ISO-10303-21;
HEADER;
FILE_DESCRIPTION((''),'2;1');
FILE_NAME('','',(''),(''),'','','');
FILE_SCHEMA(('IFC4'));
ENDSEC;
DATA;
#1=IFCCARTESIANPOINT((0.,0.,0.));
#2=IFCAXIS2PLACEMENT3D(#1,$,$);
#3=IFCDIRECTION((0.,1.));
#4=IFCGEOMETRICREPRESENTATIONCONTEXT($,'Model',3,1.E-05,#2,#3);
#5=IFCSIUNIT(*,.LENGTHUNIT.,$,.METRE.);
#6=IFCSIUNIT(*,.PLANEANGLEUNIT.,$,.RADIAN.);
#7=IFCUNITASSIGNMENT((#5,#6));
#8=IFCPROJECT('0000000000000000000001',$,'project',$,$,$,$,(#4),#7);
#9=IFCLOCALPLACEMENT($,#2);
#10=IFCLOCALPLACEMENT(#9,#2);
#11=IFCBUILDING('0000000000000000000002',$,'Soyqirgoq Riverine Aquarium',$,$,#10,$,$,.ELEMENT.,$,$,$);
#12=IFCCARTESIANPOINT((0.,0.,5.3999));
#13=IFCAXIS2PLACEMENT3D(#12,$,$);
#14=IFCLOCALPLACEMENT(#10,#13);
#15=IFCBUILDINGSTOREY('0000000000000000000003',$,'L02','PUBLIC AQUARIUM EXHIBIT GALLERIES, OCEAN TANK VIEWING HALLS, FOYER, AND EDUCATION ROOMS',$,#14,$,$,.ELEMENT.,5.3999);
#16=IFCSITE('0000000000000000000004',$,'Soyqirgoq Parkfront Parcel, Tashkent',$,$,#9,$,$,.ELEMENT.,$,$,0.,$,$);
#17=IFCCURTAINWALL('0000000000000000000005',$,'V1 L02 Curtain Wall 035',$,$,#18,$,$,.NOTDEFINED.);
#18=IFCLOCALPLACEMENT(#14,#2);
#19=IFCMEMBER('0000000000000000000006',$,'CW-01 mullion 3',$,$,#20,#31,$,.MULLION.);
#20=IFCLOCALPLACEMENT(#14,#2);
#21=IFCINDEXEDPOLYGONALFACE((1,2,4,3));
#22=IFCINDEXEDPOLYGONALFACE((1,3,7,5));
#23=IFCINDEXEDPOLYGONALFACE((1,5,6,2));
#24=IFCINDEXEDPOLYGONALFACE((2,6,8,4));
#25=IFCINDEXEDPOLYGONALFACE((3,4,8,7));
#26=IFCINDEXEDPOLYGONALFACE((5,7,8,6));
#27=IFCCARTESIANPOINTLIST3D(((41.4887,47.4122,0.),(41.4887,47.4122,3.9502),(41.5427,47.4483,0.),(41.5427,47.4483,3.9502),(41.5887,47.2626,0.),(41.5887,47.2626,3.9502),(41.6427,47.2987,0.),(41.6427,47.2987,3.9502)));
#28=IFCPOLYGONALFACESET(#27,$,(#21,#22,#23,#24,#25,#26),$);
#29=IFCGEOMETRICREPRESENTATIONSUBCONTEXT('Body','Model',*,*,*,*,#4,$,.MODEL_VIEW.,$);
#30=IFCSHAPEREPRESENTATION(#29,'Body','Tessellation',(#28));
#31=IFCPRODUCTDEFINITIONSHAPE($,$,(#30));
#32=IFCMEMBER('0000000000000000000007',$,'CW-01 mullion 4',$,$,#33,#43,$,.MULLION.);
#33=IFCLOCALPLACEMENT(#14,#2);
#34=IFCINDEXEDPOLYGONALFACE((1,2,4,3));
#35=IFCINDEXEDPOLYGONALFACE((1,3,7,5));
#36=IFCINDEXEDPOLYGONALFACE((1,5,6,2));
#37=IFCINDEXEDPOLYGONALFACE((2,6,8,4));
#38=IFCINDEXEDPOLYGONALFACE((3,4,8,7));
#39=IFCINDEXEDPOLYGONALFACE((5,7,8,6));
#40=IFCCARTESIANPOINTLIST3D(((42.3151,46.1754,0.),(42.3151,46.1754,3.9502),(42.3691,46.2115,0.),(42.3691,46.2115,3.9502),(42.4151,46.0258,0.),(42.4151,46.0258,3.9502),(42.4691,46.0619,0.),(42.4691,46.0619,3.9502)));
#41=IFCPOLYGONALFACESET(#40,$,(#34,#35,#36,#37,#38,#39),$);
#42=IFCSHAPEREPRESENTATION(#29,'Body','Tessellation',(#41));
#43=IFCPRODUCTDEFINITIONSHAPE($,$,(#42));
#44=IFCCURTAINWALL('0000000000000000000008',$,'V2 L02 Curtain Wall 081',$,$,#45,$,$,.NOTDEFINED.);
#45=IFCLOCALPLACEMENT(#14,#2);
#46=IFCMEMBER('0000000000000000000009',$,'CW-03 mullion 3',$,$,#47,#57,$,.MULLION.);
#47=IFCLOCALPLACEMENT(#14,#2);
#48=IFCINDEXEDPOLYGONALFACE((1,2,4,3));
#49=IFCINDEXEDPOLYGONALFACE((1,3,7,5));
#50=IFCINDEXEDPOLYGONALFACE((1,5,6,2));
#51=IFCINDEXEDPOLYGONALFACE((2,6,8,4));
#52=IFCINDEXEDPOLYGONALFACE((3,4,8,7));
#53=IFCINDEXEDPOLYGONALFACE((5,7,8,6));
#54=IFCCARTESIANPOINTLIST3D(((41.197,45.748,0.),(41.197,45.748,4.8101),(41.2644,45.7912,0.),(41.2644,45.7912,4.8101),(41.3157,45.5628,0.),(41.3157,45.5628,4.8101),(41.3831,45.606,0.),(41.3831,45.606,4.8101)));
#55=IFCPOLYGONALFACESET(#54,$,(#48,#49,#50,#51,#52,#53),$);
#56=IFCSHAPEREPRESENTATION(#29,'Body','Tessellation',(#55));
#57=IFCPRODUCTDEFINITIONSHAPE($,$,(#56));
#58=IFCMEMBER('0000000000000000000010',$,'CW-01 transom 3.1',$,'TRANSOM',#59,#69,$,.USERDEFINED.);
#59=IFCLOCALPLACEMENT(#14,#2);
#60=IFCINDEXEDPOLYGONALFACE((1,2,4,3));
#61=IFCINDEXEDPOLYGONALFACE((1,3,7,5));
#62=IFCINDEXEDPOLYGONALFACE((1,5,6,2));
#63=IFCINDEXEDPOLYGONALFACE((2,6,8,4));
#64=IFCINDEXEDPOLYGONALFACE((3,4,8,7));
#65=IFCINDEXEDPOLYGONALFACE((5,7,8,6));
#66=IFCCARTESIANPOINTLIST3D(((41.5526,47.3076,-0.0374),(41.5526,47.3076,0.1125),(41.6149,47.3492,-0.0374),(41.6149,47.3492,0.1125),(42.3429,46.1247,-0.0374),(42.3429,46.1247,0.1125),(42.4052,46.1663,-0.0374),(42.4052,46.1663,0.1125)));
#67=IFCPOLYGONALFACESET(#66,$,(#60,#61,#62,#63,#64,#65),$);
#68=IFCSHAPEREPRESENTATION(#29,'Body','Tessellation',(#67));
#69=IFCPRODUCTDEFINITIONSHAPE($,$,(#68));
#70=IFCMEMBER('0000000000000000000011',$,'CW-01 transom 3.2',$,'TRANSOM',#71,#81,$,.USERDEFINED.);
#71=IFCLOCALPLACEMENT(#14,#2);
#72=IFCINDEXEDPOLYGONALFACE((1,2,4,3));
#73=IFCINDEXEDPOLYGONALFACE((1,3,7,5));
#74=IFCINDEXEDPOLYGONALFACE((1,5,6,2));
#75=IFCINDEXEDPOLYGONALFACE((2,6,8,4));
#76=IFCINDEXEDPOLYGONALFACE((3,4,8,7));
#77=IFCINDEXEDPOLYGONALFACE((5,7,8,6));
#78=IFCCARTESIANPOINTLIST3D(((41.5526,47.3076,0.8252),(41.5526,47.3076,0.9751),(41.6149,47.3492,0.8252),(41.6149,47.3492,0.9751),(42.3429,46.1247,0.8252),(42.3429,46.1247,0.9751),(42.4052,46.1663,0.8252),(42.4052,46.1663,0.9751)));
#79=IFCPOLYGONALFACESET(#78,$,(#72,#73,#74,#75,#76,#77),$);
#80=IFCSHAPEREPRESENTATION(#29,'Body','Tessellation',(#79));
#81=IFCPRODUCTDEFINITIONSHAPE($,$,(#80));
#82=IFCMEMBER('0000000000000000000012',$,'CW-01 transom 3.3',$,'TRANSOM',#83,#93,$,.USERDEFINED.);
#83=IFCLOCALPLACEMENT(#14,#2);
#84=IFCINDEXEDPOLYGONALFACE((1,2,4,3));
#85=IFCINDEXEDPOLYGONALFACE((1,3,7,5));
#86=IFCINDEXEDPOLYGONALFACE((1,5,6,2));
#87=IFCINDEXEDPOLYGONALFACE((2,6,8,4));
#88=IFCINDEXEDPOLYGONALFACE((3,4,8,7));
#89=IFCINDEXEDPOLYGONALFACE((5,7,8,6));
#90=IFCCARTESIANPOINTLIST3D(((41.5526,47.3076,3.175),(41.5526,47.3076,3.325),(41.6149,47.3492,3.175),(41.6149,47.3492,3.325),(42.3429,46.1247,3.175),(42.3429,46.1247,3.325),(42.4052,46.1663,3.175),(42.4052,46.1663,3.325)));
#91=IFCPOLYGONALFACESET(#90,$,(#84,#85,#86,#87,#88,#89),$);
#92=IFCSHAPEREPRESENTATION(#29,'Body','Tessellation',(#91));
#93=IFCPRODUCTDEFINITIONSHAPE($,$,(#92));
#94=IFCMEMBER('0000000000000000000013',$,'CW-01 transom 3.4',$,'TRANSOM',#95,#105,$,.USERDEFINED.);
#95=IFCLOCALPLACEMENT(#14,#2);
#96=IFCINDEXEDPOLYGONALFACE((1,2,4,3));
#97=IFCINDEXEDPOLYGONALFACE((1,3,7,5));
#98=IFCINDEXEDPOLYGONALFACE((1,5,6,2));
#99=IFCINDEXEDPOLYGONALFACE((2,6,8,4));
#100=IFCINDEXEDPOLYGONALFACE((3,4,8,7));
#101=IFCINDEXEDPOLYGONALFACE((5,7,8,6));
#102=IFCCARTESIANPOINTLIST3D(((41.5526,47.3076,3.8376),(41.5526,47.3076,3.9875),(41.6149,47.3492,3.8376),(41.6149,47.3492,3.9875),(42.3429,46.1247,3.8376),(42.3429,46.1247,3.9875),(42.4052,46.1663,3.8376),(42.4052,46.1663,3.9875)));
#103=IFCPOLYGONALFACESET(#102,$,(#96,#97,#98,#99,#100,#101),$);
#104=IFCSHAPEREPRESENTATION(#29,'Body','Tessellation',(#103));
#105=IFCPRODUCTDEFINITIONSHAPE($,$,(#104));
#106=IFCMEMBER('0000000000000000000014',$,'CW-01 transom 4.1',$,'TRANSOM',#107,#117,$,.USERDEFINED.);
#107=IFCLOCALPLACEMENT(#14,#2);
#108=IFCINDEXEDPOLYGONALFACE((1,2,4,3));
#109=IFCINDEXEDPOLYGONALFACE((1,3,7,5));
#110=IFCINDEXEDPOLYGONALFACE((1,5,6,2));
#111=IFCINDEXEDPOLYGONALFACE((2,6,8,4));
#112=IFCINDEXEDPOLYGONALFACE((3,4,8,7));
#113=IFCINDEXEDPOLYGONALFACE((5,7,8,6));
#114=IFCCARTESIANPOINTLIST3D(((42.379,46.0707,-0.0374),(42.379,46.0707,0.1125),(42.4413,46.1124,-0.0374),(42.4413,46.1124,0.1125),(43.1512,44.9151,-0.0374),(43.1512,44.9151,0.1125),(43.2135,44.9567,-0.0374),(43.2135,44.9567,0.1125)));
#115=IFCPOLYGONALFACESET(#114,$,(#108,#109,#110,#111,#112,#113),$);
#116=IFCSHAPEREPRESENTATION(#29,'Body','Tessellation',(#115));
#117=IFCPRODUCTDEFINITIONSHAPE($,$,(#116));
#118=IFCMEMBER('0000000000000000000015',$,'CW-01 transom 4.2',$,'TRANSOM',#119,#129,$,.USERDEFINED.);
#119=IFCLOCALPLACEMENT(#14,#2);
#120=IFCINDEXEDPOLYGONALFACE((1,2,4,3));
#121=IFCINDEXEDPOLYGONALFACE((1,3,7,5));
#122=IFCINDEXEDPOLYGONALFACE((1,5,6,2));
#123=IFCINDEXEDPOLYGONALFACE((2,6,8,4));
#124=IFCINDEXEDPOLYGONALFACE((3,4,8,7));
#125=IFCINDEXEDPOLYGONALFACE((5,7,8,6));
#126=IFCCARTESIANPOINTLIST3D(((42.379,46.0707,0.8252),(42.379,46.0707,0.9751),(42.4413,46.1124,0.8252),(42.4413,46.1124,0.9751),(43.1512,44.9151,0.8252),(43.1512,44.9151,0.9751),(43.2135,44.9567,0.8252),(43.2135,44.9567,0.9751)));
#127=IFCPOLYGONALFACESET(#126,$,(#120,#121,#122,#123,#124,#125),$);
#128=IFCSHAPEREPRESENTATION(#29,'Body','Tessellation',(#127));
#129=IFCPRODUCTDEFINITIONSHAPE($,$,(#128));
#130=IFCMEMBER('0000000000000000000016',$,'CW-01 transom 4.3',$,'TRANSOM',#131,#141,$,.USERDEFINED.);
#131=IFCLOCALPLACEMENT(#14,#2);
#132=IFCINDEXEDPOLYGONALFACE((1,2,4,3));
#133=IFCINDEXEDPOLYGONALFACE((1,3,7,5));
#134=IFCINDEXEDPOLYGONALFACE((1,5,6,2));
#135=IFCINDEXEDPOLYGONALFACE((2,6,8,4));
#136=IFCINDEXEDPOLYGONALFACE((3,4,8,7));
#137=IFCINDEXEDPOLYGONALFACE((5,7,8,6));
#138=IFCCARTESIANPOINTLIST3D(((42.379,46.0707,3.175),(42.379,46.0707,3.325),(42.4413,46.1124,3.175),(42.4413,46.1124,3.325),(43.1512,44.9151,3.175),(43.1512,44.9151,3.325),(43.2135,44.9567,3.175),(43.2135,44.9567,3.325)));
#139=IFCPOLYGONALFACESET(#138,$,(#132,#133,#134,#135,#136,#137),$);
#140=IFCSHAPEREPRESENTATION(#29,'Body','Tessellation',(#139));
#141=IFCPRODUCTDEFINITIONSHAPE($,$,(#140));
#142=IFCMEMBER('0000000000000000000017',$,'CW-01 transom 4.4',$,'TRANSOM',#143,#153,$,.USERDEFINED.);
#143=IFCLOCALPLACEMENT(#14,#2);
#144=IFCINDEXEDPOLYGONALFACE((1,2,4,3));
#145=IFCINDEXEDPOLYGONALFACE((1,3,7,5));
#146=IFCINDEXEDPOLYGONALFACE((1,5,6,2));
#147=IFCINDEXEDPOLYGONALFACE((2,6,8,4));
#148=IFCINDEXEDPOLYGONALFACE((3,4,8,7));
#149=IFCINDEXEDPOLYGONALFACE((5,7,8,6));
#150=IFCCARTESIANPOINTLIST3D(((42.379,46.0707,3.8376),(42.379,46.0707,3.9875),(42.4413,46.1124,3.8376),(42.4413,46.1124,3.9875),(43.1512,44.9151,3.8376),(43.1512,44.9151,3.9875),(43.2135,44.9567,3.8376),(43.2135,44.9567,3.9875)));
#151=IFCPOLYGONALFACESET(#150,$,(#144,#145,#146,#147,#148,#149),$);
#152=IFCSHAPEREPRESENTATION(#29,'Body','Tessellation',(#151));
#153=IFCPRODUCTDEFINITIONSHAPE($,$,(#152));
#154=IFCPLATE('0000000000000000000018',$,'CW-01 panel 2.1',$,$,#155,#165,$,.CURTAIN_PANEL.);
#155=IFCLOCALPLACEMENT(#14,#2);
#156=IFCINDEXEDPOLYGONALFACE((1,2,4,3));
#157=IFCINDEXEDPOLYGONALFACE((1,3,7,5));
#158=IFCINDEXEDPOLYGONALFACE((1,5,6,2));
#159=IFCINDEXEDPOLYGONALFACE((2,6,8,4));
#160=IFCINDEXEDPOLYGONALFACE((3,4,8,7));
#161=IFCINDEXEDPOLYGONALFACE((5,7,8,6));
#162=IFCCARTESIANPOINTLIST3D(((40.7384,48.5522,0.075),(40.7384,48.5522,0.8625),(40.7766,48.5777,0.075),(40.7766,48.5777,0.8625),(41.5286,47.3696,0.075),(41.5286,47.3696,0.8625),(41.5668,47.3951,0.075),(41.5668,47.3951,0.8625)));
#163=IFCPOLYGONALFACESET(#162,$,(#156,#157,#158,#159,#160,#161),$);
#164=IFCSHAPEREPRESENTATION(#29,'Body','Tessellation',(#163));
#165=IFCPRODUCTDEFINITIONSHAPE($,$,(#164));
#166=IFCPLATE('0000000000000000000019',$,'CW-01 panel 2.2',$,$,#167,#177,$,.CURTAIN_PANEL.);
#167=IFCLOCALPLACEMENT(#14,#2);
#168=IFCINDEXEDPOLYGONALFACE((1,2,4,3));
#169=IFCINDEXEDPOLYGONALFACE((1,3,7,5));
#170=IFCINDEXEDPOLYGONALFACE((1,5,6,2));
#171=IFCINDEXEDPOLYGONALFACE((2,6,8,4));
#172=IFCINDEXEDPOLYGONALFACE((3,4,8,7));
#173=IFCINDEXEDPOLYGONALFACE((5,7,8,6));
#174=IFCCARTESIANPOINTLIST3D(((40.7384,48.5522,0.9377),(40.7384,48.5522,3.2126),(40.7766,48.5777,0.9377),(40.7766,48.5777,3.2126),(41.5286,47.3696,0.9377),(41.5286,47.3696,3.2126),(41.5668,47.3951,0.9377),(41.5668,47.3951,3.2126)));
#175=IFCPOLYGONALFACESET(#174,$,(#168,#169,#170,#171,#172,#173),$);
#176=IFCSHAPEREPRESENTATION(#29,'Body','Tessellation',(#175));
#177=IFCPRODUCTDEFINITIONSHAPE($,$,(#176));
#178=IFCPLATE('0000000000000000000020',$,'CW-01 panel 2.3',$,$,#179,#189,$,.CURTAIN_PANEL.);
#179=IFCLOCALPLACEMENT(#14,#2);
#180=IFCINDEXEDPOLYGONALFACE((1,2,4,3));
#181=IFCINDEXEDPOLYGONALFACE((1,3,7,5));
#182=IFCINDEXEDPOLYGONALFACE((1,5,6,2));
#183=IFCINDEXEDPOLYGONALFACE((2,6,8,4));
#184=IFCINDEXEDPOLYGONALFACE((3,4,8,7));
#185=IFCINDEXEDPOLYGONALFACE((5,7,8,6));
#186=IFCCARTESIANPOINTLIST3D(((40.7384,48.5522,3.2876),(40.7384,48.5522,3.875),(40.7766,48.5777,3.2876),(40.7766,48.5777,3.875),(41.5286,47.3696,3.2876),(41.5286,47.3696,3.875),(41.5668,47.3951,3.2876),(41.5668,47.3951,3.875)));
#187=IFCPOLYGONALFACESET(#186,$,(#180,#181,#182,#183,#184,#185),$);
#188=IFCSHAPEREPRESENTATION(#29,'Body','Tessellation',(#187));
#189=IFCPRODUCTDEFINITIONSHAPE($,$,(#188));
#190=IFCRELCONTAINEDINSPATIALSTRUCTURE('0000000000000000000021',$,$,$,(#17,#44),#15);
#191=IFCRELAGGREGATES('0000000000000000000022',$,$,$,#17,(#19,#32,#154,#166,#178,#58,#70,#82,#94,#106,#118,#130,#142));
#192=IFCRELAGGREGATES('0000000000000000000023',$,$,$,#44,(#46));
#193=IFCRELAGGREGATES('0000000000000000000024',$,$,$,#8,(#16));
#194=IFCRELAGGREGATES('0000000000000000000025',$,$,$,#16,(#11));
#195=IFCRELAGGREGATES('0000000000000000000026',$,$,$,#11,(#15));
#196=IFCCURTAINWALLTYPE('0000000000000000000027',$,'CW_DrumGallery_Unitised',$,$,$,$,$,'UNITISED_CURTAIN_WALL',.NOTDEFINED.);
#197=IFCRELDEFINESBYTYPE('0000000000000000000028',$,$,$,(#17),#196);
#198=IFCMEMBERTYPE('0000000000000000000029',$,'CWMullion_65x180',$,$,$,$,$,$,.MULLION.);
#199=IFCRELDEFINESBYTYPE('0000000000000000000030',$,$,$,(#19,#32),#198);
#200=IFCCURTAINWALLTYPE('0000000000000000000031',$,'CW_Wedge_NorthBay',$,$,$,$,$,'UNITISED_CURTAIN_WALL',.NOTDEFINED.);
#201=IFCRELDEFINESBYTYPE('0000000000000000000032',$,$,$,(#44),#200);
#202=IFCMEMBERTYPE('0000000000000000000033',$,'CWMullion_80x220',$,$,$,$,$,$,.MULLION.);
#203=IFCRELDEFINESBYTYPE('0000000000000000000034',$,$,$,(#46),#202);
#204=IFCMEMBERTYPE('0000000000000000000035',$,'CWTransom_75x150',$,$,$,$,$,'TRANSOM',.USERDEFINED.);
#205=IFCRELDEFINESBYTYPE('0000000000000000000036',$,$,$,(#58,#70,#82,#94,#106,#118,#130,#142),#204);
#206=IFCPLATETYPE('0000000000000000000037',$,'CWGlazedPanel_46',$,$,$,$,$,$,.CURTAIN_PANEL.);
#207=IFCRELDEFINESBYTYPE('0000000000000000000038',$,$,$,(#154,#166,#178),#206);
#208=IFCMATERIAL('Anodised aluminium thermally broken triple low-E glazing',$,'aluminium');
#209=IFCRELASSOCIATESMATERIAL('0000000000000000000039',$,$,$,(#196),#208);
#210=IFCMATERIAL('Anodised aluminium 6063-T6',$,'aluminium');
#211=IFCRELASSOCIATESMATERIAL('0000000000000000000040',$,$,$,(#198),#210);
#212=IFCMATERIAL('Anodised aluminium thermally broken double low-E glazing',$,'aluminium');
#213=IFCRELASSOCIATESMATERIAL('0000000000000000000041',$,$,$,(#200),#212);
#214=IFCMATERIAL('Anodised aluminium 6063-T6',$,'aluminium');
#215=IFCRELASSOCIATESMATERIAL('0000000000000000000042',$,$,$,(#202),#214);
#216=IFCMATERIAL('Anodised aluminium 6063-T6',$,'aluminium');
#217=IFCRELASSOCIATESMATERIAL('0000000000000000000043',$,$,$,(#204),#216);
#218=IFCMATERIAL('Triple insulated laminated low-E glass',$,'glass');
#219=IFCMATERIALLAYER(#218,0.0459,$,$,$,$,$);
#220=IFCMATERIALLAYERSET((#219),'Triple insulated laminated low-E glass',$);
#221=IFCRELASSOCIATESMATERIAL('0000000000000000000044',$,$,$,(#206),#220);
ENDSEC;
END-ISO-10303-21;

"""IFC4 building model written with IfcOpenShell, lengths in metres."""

from ifc_helpers import new_model, si_unit, direction, frame, origin, origin_2d, place, context, subcontext, project, spatial, rectangle, extrude, material, layer, layer_set, material_profile, profile_set, type_object, element, aggregate, save


model = new_model("IFC4")

# Units and contexts
model_context = context("Model", 3, precision=1e-05, world=origin(), true_north=direction((0.0, 1.0)))
body_context = subcontext(model_context, "Body", "Model", "MODEL_VIEW")
ifc_project = project(units=[si_unit("LENGTHUNIT", "METRE"), si_unit("PLANEANGLEUNIT", "RADIAN")], contexts=[model_context])

# Site, building, storey
site_placement = place(None, origin())
site = spatial("IfcSite", under=ifc_project, at=site_placement, Name="Soyqirgoq Parkfront Parcel, Tashkent", CompositionType="ELEMENT", RefElevation=0.0)
building_placement = place(site_placement, origin())
building = spatial("IfcBuilding", under=site, at=building_placement, Name="Soyqirgoq Riverine Aquarium", CompositionType="ELEMENT")
storey_placement = place(building_placement, frame((0.0, 0.0, 5.3999)))
storey = spatial("IfcBuildingStorey", under=building, at=storey_placement, Name="L02", Description="PUBLIC AQUARIUM EXHIBIT GALLERIES, OCEAN TANK VIEWING HALLS, FOYER, AND EDUCATION ROOMS", CompositionType="ELEMENT", Elevation=5.3999)

# Curtain wall, members
ifc_material_1 = material(Name="Anodised aluminium thermally broken triple low-E glazing", Category="aluminium")
curtain_wall_type_1 = type_object("IfcCurtainWallType", Name="CW_DrumGallery_Unitised", ElementType="UNITISED_CURTAIN_WALL", PredefinedType="NOTDEFINED", material=ifc_material_1)
curtain_wall_1_placement = place(storey_placement, origin())
curtain_wall_1 = element("IfcCurtainWall", 1, at=curtain_wall_1_placement, inside=storey, type_object=curtain_wall_type_1, Name="V1 L02 Curtain Wall 035", PredefinedType="NOTDEFINED")
ifc_material_2 = material(Name="Anodised aluminium 6063-T6", Category="aluminium")
ifc_material_profile_1 = material_profile(ifc_material_2, rectangle(XDim=0.0649, YDim=0.1799, at=origin_2d()), Name="ALU-M 65x180")
ifc_profile_set_1 = profile_set([ifc_material_profile_1], Name="Anodised aluminium 6063-T6")
member_type_1 = type_object("IfcMemberType", Name="CWMullion_65x180", PredefinedType="MULLION", material=ifc_profile_set_1)
member_1_placement = place(storey_placement, frame((41.5657, 47.3555, 0.0), z_axis=(0.0, 0.0, 1.0), x_axis=(0.831473, 0.555565, 0.0)))
member_1 = element("IfcMember", 2, at=member_1_placement, type_object=member_type_1, Name="CW-01 mullion 3", PredefinedType="MULLION", context=body_context, shape_type="SweptSolid", body=[
    extrude(rectangle(XDim=0.0649, YDim=0.1799, at=origin_2d()), origin(), (0.0, 0.0, 1.0), 3.9502),
])
member_2_placement = place(storey_placement, frame((42.3921, 46.1187, 0.0), z_axis=(0.0, 0.0, 1.0), x_axis=(0.831473, 0.555565, 0.0)))
member_2 = element("IfcMember", 3, at=member_2_placement, type_object=member_type_1, Name="CW-01 mullion 4", PredefinedType="MULLION", context=body_context, shape_type="SweptSolid", body=[
    extrude(rectangle(XDim=0.0649, YDim=0.1799, at=origin_2d()), origin(), (0.0, 0.0, 1.0), 3.9502),
])

# Curtain wall, member
ifc_material_3 = material(Name="Anodised aluminium thermally broken double low-E glazing", Category="aluminium")
curtain_wall_type_2 = type_object("IfcCurtainWallType", Name="CW_Wedge_NorthBay", ElementType="UNITISED_CURTAIN_WALL", PredefinedType="NOTDEFINED", material=ifc_material_3)
curtain_wall_2_placement = place(storey_placement, origin())
curtain_wall_2 = element("IfcCurtainWall", 4, at=curtain_wall_2_placement, inside=storey, type_object=curtain_wall_type_2, Name="V2 L02 Curtain Wall 081", PredefinedType="NOTDEFINED")
ifc_material_4 = material(Name="Anodised aluminium 6063-T6", Category="aluminium")
ifc_material_profile_2 = material_profile(ifc_material_4, rectangle(XDim=0.0801, YDim=0.22, at=origin_2d()), Name="ALU-M 80x220")
ifc_profile_set_2 = profile_set([ifc_material_profile_2], Name="Anodised aluminium 6063-T6")
member_type_2 = type_object("IfcMemberType", Name="CWMullion_80x220", PredefinedType="MULLION", material=ifc_profile_set_2)
member_3_placement = place(storey_placement, frame((41.29, 45.677, 0.0), z_axis=(0.0, 0.0, 1.0), x_axis=(0.841819, 0.53976, 0.0)))
member_3 = element("IfcMember", 5, at=member_3_placement, type_object=member_type_2, Name="CW-03 mullion 3", PredefinedType="MULLION", context=body_context, shape_type="SweptSolid", body=[
    extrude(rectangle(XDim=0.0801, YDim=0.22, at=origin_2d()), origin(), (0.0, 0.0, 1.0), 4.8101),
])

# Members
ifc_material_5 = material(Name="Anodised aluminium 6063-T6", Category="aluminium")
ifc_material_profile_3 = material_profile(ifc_material_5, rectangle(XDim=0.075, YDim=0.1499, at=origin_2d()), Name="ALU-T 75x150")
ifc_profile_set_3 = profile_set([ifc_material_profile_3], Name="Anodised aluminium 6063-T6")
member_type_3 = type_object("IfcMemberType", Name="CWTransom_75x150", ElementType="TRANSOM", PredefinedType="USERDEFINED", material=ifc_profile_set_3)
member_4_placement = place(storey_placement, frame((41.5837, 47.3284, 0.0376), z_axis=(0.555532, -0.831495, 0.0), x_axis=(0.831495, 0.555532, 0.0)))
member_4 = element("IfcMember", 6, at=member_4_placement, type_object=member_type_3, Name="CW-01 transom 3.1", ObjectType="TRANSOM", PredefinedType="USERDEFINED", context=body_context, shape_type="SweptSolid", body=[
    extrude(rectangle(XDim=0.075, YDim=0.1499, at=origin_2d()), origin(), (0.0, 0.0, 1.0), 1.4226),
])
member_5_placement = place(storey_placement, frame((41.5837, 47.3284, 0.9001), z_axis=(0.555532, -0.831495, 0.0), x_axis=(0.831495, 0.555532, 0.0)))
member_5 = element("IfcMember", 7, at=member_5_placement, type_object=member_type_3, Name="CW-01 transom 3.2", ObjectType="TRANSOM", PredefinedType="USERDEFINED", context=body_context, shape_type="SweptSolid", body=[
    extrude(rectangle(XDim=0.075, YDim=0.1499, at=origin_2d()), origin(), (0.0, 0.0, 1.0), 1.4226),
])
member_6_placement = place(storey_placement, frame((41.5837, 47.3284, 3.25), z_axis=(0.555532, -0.831495, 0.0), x_axis=(0.831495, 0.555532, 0.0)))
member_6 = element("IfcMember", 8, at=member_6_placement, type_object=member_type_3, Name="CW-01 transom 3.3", ObjectType="TRANSOM", PredefinedType="USERDEFINED", context=body_context, shape_type="SweptSolid", body=[
    extrude(rectangle(XDim=0.075, YDim=0.1499, at=origin_2d()), origin(), (0.0, 0.0, 1.0), 1.4226),
])
member_7_placement = place(storey_placement, frame((41.5837, 47.3284, 3.9126), z_axis=(0.555532, -0.831495, 0.0), x_axis=(0.831495, 0.555532, 0.0)))
member_7 = element("IfcMember", 9, at=member_7_placement, type_object=member_type_3, Name="CW-01 transom 3.4", ObjectType="TRANSOM", PredefinedType="USERDEFINED", context=body_context, shape_type="SweptSolid", body=[
    extrude(rectangle(XDim=0.075, YDim=0.1499, at=origin_2d()), origin(), (0.0, 0.0, 1.0), 1.4226),
])
member_8_placement = place(storey_placement, frame((42.4102, 46.0916, 0.0376), z_axis=(0.555551, -0.831482, 0.0), x_axis=(0.831482, 0.555551, 0.0)))
member_8 = element("IfcMember", 10, at=member_8_placement, type_object=member_type_3, Name="CW-01 transom 4.1", ObjectType="TRANSOM", PredefinedType="USERDEFINED", context=body_context, shape_type="SweptSolid", body=[
    extrude(rectangle(XDim=0.075, YDim=0.1499, at=origin_2d()), origin(), (0.0, 0.0, 1.0), 1.3899),
])
member_9_placement = place(storey_placement, frame((42.4102, 46.0916, 0.9001), z_axis=(0.555551, -0.831482, 0.0), x_axis=(0.831482, 0.555551, 0.0)))
member_9 = element("IfcMember", 11, at=member_9_placement, type_object=member_type_3, Name="CW-01 transom 4.2", ObjectType="TRANSOM", PredefinedType="USERDEFINED", context=body_context, shape_type="SweptSolid", body=[
    extrude(rectangle(XDim=0.075, YDim=0.1499, at=origin_2d()), origin(), (0.0, 0.0, 1.0), 1.3899),
])
member_10_placement = place(storey_placement, frame((42.4102, 46.0916, 3.25), z_axis=(0.555551, -0.831482, 0.0), x_axis=(0.831482, 0.555551, 0.0)))
member_10 = element("IfcMember", 12, at=member_10_placement, type_object=member_type_3, Name="CW-01 transom 4.3", ObjectType="TRANSOM", PredefinedType="USERDEFINED", context=body_context, shape_type="SweptSolid", body=[
    extrude(rectangle(XDim=0.075, YDim=0.1499, at=origin_2d()), origin(), (0.0, 0.0, 1.0), 1.3899),
])
member_11_placement = place(storey_placement, frame((42.4102, 46.0916, 3.9126), z_axis=(0.555551, -0.831482, 0.0), x_axis=(0.831482, 0.555551, 0.0)))
member_11 = element("IfcMember", 13, at=member_11_placement, type_object=member_type_3, Name="CW-01 transom 4.4", ObjectType="TRANSOM", PredefinedType="USERDEFINED", context=body_context, shape_type="SweptSolid", body=[
    extrude(rectangle(XDim=0.075, YDim=0.1499, at=origin_2d()), origin(), (0.0, 0.0, 1.0), 1.3899),
])

# Plates
ifc_material_6 = material(Name="Triple insulated laminated low-E glass", Category="glass")
ifc_layer_1 = layer(ifc_material_6, 0.0459)
ifc_layer_set_1 = layer_set([ifc_layer_1], Name="Triple insulated laminated low-E glass")
plate_type = type_object("IfcPlateType", Name="CWGlazedPanel_46", PredefinedType="CURTAIN_PANEL", material=ifc_layer_set_1)
plate_1_placement = place(storey_placement, frame((41.1526, 47.9736, 0.075), z_axis=(0.0, 0.0, 1.0), x_axis=(0.555565, -0.831473, 0.0)))
plate_1 = element("IfcPlate", 14, at=plate_1_placement, type_object=plate_type, Name="CW-01 panel 2.1", PredefinedType="CURTAIN_PANEL", context=body_context, shape_type="SweptSolid", body=[
    extrude(rectangle(XDim=1.4224, YDim=0.0459, at=origin_2d()), origin(), (0.0, 0.0, 1.0), 0.7876),
])
plate_2_placement = place(storey_placement, frame((41.1526, 47.9736, 0.9377), z_axis=(0.0, 0.0, 1.0), x_axis=(0.555565, -0.831473, 0.0)))
plate_2 = element("IfcPlate", 15, at=plate_2_placement, type_object=plate_type, Name="CW-01 panel 2.2", PredefinedType="CURTAIN_PANEL", context=body_context, shape_type="SweptSolid", body=[
    extrude(rectangle(XDim=1.4224, YDim=0.0459, at=origin_2d()), origin(), (0.0, 0.0, 1.0), 2.2749),
])
plate_3_placement = place(storey_placement, frame((41.1526, 47.9736, 3.2876), z_axis=(0.0, 0.0, 1.0), x_axis=(0.555565, -0.831473, 0.0)))
plate_3 = element("IfcPlate", 16, at=plate_3_placement, type_object=plate_type, Name="CW-01 panel 2.3", PredefinedType="CURTAIN_PANEL", context=body_context, shape_type="SweptSolid", body=[
    extrude(rectangle(XDim=1.4224, YDim=0.0459, at=origin_2d()), origin(), (0.0, 0.0, 1.0), 0.5874),
])
aggregate(curtain_wall_1, [member_1, member_2, plate_1, plate_2, plate_3, member_4, member_5, member_6, member_7, member_8, member_9, member_10, member_11])
aggregate(curtain_wall_2, [member_3])

save(model, "model.ifc")
